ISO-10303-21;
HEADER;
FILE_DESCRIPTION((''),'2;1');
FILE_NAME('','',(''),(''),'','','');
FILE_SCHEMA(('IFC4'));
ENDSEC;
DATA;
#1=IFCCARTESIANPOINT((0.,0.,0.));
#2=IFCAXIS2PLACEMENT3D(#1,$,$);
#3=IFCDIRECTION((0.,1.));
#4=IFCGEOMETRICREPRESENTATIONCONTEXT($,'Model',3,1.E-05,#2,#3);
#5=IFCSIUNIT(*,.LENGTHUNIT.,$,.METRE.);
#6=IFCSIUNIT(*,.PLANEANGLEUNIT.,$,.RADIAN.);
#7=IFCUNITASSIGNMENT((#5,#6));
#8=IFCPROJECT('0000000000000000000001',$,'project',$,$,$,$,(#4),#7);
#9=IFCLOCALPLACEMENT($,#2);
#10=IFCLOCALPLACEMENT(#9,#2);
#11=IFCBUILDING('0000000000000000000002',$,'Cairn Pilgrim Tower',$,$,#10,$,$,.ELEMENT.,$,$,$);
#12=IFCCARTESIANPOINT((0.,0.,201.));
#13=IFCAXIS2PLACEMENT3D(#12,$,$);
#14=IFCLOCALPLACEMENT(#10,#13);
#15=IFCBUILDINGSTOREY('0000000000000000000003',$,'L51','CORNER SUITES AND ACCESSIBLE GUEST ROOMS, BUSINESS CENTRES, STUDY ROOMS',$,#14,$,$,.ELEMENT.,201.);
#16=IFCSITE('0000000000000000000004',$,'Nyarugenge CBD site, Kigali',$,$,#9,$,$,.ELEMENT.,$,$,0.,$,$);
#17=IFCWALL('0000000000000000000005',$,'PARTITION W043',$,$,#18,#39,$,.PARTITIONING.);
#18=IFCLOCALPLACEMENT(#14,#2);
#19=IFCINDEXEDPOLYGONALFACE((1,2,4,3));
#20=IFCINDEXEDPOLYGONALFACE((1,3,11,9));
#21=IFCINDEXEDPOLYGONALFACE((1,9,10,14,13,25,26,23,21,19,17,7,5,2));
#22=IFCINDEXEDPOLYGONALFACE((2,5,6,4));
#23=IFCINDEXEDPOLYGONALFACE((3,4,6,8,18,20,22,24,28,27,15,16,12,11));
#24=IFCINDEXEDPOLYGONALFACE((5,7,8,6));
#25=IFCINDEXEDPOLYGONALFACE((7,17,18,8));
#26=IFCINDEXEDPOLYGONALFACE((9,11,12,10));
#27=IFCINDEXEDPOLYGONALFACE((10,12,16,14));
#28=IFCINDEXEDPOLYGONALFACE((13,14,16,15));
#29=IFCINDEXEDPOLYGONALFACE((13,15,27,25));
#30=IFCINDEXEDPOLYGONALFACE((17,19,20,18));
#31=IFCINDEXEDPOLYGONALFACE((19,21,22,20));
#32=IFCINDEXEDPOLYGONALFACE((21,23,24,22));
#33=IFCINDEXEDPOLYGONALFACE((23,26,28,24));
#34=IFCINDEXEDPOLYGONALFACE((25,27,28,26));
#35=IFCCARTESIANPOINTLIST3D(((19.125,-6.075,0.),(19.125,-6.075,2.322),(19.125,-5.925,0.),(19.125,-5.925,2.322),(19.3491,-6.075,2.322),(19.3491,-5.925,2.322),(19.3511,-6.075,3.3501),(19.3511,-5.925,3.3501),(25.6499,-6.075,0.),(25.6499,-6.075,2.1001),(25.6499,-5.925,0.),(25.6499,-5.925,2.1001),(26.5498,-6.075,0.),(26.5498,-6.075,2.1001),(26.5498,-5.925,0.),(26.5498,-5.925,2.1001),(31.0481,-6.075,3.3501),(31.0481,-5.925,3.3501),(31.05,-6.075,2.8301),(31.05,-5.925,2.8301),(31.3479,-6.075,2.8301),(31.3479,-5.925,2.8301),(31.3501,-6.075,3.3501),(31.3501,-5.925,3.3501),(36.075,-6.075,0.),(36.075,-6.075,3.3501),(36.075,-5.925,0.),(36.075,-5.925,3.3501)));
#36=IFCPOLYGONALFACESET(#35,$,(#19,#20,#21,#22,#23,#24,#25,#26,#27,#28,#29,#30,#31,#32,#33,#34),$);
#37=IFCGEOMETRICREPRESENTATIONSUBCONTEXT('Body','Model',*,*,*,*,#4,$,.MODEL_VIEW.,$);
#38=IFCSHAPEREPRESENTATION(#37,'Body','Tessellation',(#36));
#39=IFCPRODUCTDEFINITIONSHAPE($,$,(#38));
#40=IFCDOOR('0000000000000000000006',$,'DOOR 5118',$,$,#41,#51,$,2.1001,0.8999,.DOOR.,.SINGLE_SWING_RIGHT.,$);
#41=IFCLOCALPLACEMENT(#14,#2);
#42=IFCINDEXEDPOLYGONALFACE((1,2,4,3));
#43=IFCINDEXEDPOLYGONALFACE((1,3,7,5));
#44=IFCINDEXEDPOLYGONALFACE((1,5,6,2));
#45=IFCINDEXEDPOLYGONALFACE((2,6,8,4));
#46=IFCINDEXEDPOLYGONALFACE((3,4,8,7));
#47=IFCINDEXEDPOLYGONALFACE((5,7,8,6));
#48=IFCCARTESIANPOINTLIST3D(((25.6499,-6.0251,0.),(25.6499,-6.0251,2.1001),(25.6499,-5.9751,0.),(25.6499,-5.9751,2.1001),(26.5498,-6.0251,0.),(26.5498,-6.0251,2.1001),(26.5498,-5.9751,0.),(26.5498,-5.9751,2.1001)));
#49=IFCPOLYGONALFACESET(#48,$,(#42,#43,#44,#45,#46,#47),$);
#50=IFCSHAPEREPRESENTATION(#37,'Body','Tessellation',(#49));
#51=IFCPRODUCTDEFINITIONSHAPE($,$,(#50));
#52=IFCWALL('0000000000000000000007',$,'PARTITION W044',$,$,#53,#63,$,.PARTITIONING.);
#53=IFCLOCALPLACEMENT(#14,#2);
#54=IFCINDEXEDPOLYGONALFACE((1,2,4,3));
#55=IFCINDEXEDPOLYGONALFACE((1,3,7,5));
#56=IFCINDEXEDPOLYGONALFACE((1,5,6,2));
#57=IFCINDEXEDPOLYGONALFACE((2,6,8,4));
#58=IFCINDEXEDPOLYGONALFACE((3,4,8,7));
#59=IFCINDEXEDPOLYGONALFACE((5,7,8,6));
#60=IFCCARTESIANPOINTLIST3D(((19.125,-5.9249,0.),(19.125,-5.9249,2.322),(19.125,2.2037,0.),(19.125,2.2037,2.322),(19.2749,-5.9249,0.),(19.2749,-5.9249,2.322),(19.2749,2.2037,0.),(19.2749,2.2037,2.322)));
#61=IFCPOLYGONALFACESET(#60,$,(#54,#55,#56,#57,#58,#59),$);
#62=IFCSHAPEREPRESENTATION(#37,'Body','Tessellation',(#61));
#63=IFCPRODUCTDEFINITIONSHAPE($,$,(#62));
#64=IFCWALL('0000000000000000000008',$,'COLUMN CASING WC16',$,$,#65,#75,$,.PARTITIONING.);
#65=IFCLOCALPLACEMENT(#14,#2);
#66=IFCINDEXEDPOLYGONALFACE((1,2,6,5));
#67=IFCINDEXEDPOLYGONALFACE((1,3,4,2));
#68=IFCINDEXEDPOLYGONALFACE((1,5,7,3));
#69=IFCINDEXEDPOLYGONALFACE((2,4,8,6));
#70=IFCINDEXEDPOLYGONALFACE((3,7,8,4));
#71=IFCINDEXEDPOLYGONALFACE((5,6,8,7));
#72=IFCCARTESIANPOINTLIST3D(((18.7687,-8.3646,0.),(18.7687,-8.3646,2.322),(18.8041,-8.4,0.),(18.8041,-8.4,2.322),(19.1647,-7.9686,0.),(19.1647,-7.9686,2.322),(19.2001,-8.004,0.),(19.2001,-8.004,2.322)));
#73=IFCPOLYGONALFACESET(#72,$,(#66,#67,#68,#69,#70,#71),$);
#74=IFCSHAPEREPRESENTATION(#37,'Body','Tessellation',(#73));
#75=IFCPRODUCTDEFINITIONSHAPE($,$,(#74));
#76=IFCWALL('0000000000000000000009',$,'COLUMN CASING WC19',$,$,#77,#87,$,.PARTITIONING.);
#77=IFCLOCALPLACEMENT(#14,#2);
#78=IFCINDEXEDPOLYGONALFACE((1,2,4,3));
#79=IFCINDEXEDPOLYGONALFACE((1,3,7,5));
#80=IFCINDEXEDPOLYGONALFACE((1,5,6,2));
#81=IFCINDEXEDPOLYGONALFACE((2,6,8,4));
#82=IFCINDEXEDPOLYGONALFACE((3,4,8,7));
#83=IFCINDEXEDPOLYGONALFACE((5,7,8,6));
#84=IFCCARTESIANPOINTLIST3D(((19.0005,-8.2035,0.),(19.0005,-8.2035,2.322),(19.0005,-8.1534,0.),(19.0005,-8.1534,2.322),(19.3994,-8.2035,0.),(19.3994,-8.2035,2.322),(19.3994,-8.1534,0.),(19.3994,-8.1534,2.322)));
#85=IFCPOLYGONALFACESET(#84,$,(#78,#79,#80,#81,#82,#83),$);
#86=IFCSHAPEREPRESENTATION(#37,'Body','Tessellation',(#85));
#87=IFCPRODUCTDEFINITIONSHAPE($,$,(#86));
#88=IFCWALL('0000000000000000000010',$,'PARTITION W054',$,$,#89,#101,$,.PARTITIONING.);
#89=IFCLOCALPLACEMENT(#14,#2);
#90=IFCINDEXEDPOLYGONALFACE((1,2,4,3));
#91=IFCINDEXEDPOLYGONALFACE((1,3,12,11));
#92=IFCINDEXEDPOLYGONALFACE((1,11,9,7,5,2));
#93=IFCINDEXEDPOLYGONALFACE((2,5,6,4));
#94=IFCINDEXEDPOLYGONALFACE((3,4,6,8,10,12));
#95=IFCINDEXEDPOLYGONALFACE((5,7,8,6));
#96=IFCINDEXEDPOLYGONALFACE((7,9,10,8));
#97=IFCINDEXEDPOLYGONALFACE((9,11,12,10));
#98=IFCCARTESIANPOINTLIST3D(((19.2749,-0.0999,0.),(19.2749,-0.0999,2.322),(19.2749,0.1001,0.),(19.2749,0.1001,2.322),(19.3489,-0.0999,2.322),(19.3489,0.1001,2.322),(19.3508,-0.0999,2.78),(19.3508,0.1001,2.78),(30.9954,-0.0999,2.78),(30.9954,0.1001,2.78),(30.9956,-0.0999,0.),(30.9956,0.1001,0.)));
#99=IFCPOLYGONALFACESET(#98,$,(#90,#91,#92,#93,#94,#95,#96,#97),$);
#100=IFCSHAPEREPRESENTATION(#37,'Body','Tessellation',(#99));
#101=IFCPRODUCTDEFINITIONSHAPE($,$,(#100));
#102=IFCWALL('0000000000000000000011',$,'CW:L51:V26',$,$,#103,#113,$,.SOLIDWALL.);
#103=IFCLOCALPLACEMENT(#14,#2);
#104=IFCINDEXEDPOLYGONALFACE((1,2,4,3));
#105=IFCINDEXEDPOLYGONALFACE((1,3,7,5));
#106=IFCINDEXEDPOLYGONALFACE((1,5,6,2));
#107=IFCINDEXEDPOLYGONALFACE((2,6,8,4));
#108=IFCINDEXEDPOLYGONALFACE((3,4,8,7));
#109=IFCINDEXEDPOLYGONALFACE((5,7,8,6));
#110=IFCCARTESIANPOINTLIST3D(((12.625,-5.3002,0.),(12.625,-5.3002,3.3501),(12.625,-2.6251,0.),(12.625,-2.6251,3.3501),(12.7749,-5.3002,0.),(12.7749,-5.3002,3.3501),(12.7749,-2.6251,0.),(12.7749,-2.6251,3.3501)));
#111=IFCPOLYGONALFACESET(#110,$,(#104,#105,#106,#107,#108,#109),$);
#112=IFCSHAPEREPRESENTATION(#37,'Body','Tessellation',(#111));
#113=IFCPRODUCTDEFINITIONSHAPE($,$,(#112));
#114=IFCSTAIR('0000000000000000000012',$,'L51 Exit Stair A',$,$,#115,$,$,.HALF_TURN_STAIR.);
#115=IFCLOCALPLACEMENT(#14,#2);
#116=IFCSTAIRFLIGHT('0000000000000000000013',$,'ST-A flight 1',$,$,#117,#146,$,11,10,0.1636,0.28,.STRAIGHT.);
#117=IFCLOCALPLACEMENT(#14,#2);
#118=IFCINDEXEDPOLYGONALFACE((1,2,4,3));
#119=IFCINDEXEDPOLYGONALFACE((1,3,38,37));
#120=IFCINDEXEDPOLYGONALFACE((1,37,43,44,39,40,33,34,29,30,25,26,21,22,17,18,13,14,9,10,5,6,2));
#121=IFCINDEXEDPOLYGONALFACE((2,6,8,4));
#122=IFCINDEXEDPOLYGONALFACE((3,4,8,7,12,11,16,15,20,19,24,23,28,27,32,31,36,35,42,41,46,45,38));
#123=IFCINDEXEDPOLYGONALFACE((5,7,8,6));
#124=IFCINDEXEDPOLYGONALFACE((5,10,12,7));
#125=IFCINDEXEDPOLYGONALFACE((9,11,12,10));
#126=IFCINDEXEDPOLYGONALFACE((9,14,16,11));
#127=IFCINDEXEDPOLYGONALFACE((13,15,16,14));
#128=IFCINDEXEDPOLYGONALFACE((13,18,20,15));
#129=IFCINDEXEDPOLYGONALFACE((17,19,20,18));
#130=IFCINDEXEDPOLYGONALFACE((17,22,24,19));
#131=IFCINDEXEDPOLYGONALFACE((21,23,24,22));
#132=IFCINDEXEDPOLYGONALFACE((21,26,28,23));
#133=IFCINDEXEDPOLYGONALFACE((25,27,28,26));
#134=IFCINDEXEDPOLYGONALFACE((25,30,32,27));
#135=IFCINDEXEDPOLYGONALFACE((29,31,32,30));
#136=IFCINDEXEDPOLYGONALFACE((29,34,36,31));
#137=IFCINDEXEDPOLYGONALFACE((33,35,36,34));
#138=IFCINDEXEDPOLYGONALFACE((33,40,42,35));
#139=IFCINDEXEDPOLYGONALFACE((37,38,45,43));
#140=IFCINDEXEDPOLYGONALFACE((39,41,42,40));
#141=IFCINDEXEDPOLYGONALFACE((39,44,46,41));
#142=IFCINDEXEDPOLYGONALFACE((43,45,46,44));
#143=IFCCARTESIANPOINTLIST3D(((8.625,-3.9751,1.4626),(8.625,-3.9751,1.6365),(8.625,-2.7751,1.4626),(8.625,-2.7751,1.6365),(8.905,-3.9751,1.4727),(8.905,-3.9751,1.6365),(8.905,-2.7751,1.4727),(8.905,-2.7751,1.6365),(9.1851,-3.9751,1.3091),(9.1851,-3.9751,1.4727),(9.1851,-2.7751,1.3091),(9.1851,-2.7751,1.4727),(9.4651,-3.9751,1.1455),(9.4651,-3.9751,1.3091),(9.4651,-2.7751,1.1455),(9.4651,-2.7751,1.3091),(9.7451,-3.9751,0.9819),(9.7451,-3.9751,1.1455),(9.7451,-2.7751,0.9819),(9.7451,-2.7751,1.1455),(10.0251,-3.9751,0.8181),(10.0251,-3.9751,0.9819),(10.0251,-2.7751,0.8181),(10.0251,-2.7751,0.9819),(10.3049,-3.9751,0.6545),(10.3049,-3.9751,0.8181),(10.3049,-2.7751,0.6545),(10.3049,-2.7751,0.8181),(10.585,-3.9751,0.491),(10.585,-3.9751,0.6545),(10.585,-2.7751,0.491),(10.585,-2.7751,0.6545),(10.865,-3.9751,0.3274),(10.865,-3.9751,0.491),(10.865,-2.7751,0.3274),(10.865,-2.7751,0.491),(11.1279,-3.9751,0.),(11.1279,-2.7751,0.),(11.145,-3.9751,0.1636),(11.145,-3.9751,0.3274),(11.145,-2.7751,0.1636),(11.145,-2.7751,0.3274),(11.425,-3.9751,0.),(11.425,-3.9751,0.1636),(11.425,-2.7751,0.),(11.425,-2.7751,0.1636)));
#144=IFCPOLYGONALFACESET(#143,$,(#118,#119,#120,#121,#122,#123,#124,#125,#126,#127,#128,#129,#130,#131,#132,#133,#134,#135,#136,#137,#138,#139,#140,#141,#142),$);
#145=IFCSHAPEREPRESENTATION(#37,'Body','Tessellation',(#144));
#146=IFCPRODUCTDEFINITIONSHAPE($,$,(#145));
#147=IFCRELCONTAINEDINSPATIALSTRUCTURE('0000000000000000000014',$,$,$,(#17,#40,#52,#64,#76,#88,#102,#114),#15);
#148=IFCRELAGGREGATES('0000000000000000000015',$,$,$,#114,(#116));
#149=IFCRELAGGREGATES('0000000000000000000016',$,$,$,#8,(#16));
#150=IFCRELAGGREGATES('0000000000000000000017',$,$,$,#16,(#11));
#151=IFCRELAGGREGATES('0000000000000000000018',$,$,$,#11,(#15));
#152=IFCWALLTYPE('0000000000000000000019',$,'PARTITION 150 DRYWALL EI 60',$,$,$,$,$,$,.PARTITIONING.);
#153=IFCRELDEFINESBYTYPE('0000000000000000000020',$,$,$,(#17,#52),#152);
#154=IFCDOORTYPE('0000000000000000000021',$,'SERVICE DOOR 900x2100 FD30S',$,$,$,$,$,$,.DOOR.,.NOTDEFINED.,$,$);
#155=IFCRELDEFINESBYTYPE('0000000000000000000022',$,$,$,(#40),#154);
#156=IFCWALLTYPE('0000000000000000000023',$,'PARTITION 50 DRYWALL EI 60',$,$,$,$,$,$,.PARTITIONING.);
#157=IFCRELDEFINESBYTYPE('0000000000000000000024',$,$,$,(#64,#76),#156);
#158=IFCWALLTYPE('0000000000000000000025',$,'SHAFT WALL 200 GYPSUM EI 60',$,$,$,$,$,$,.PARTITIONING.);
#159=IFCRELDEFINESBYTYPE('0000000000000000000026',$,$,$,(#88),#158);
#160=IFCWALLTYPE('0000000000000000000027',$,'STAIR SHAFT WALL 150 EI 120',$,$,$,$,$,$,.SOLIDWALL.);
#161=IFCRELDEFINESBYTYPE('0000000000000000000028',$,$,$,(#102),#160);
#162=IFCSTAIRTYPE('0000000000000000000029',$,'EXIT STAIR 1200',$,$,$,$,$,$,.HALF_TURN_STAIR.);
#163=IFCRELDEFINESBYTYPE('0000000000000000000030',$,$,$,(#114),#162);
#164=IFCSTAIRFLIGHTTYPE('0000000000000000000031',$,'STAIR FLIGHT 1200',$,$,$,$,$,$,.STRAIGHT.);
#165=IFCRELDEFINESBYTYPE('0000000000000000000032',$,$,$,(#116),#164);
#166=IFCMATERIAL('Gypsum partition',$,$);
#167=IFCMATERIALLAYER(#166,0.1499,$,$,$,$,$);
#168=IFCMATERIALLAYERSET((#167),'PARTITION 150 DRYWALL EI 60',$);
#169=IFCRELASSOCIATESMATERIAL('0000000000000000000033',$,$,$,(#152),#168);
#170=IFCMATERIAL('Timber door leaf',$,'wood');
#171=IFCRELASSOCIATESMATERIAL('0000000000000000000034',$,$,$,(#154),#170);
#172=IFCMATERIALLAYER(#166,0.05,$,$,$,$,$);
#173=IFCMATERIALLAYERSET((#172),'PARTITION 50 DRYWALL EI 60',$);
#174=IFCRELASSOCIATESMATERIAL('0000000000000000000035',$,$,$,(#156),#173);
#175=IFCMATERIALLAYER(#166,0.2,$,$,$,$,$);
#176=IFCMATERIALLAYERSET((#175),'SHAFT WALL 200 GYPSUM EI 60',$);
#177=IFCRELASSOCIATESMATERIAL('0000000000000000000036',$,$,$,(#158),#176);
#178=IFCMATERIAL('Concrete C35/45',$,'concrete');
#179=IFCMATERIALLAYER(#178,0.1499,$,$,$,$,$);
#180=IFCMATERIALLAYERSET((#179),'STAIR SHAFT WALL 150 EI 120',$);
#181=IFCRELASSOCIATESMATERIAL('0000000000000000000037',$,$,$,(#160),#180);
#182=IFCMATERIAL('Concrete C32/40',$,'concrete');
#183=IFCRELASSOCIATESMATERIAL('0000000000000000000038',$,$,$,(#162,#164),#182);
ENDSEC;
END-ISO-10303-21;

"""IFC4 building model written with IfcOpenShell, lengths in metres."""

from ifc_helpers import new_model, si_unit, direction, frame, frame_2d, origin, place, context, subcontext, project, spatial, polyline, rectangle, outline, extrude, material, layer, layer_set, type_object, element, fill, aggregate, save


model = new_model("IFC4")

# Units and contexts
model_context = context("Model", 3, precision=1e-05, world=origin(), true_north=direction((0.0, 1.0)))
body_context = subcontext(model_context, "Body", "Model", "MODEL_VIEW")
ifc_project = project(units=[si_unit("LENGTHUNIT", "METRE"), si_unit("PLANEANGLEUNIT", "RADIAN")], contexts=[model_context])

# Site, building, storey
site_placement = place(None, origin())
site = spatial("IfcSite", under=ifc_project, at=site_placement, Name="Nyarugenge CBD site, Kigali", CompositionType="ELEMENT", RefElevation=0.0)
building_placement = place(site_placement, origin())
building = spatial("IfcBuilding", under=site, at=building_placement, Name="Cairn Pilgrim Tower", CompositionType="ELEMENT")
storey_placement = place(building_placement, frame((0.0, 0.0, 201.0)))
storey = spatial("IfcBuildingStorey", under=building, at=storey_placement, Name="L51", Description="CORNER SUITES AND ACCESSIBLE GUEST ROOMS, BUSINESS CENTRES, STUDY ROOMS", CompositionType="ELEMENT", Elevation=201.0)

# Shared definitions
ifc_material_1 = material(Name="Concrete C32/40", Category="concrete")

# Shared definitions
ifc_material_2 = material(Name="Gypsum partition")
ifc_layer_1 = layer(ifc_material_2, 0.1499)
ifc_layer_set_1 = layer_set([ifc_layer_1], Name="PARTITION 150 DRYWALL EI 60")
wall_type_1 = type_object("IfcWallType", Name="PARTITION 150 DRYWALL EI 60", PredefinedType="PARTITIONING", material=ifc_layer_set_1)

# Wall, opening, door
ifc_material_3 = material(Name="Timber door leaf", Category="wood")
door_type_1 = type_object("IfcDoorType", Name="SERVICE DOOR 900x2100 FD30S", OperationType="NOTDEFINED", PredefinedType="DOOR", material=ifc_material_3)
wall_1_placement = place(storey_placement, frame((19.125, -6.0, 0.0), z_axis=(0.0, 0.0, 1.0), x_axis=(1.0, 0.0, 0.0)))
wall_1 = element("IfcWall", 1, at=wall_1_placement, inside=storey, type_object=wall_type_1, Name="PARTITION W043", PredefinedType="PARTITIONING", context=body_context, shape_type="SweptSolid", body=[
    extrude(outline(polyline([(0.0, 0.0), (16.95, 0.0), (16.95, 3.3501), (12.2251, 3.3501), (12.2229, 2.8301), (11.925, 2.8301), (11.9231, 3.3501), (0.2261, 3.3501), (0.2241, 2.322), (0.0, 2.322), (0.0, 0.0)])), frame((0.0, 0.075, 0.0), z_axis=(0.0, -1.0, 0.0), x_axis=(1.0, 0.0, 0.0)), (0.0, 0.0, 1.0), 0.1499),
])
opening_1_placement = place(wall_1_placement, frame((6.5249, 0.0, 0.0)))
opening_1 = element("IfcOpeningElement", 2, at=opening_1_placement, cuts=wall_1, PredefinedType="OPENING", context=body_context, shape_type="SweptSolid", body=[
    extrude(rectangle(XDim=0.8999, YDim=2.1001, at=frame_2d((0.45, 1.05))), frame((0.0, 0.085, 0.0), z_axis=(0.0, -1.0, 0.0), x_axis=(1.0, 0.0, 0.0)), (0.0, 0.0, 1.0), 0.1699),
])
door_1_placement = place(opening_1_placement, origin())
door_1 = element("IfcDoor", 3, at=door_1_placement, inside=storey, type_object=door_type_1, Name="DOOR 5118", OperationType="SINGLE_SWING_RIGHT", OverallHeight=2.1001, OverallWidth=0.8999, PredefinedType="DOOR", context=body_context, shape_type="SweptSolid", body=[
    extrude(rectangle(XDim=0.8999, YDim=2.1001, at=frame_2d((0.45, 1.05))), frame((0.0, 0.0249, 0.0), z_axis=(0.0, -1.0, 0.0), x_axis=(1.0, 0.0, 0.0)), (0.0, 0.0, 1.0), 0.05),
])
fill(opening_1, door_1)

# Walls
wall_2_placement = place(storey_placement, frame((19.2, -5.925, 0.0), z_axis=(0.0, 0.0, 1.0), x_axis=(0.0, 1.0, 0.0)))
element("IfcWall", 4, at=wall_2_placement, inside=storey, type_object=wall_type_1, Name="PARTITION W044", PredefinedType="PARTITIONING", context=body_context, shape_type="SweptSolid", body=[
    extrude(rectangle(XDim=8.1287, YDim=0.1499, at=frame_2d((4.0645, 0.0))), origin(), (0.0, 0.0, 1.0), 2.322),
])
ifc_layer_2 = layer(ifc_material_2, 0.05)
ifc_layer_set_2 = layer_set([ifc_layer_2], Name="PARTITION 50 DRYWALL EI 60")
wall_type_2 = type_object("IfcWallType", Name="PARTITION 50 DRYWALL EI 60", PredefinedType="PARTITIONING", material=ifc_layer_set_2)
wall_3_placement = place(storey_placement, frame((18.7864, -8.3823, 0.0), z_axis=(0.0, 0.0, 1.0), x_axis=(0.707107, 0.707107, 0.0)))
element("IfcWall", 5, at=wall_3_placement, inside=storey, type_object=wall_type_2, Name="COLUMN CASING WC16", PredefinedType="PARTITIONING", context=body_context, shape_type="SweptSolid", body=[
    extrude(rectangle(XDim=0.5601, YDim=0.05, at=frame_2d((0.28, 0.0))), origin(), (0.0, 0.0, 1.0), 2.322),
])
wall_4_placement = place(storey_placement, frame((19.0005, -8.1785, 0.0), z_axis=(0.0, 0.0, 1.0), x_axis=(1.0, 0.0, 0.0)))
element("IfcWall", 6, at=wall_4_placement, inside=storey, type_object=wall_type_2, Name="COLUMN CASING WC19", PredefinedType="PARTITIONING", context=body_context, shape_type="SweptSolid", body=[
    extrude(rectangle(XDim=0.3989, YDim=0.05, at=frame_2d((0.1995, 0.0))), origin(), (0.0, 0.0, 1.0), 2.322),
])
ifc_layer_3 = layer(ifc_material_2, 0.2)
ifc_layer_set_3 = layer_set([ifc_layer_3], Name="SHAFT WALL 200 GYPSUM EI 60")
wall_type_3 = type_object("IfcWallType", Name="SHAFT WALL 200 GYPSUM EI 60", PredefinedType="PARTITIONING", material=ifc_layer_set_3)
wall_5_placement = place(storey_placement, frame((19.2749, 0.0, 0.0), z_axis=(0.0, 0.0, 1.0), x_axis=(1.0, 0.0, 0.0)))
element("IfcWall", 7, at=wall_5_placement, inside=storey, type_object=wall_type_3, Name="PARTITION W054", PredefinedType="PARTITIONING", context=body_context, shape_type="SweptSolid", body=[
    extrude(outline(polyline([(0.0, 0.0), (11.7207, 0.0), (11.7205, 2.78), (0.0759, 2.78), (0.074, 2.322), (0.0, 2.322), (0.0, 0.0)])), frame((0.0, 0.1001, 0.0), z_axis=(0.0, -1.0, 0.0), x_axis=(1.0, 0.0, 0.0)), (0.0, 0.0, 1.0), 0.2),
])
ifc_material_4 = material(Name="Concrete C35/45", Category="concrete")
ifc_layer_4 = layer(ifc_material_4, 0.1499)
ifc_layer_set_4 = layer_set([ifc_layer_4], Name="STAIR SHAFT WALL 150 EI 120")
wall_type_4 = type_object("IfcWallType", Name="STAIR SHAFT WALL 150 EI 120", PredefinedType="SOLIDWALL", material=ifc_layer_set_4)
wall_6_placement = place(storey_placement, frame((12.7, -5.3, 0.0), z_axis=(0.0, 0.0, 1.0), x_axis=(0.0, 1.0, 0.0)))
element("IfcWall", 8, at=wall_6_placement, inside=storey, type_object=wall_type_4, Name="CW:L51:V26", PredefinedType="SOLIDWALL", context=body_context, shape_type="SweptSolid", body=[
    extrude(rectangle(XDim=2.675, YDim=0.1499, at=frame_2d((1.3374, 0.0))), origin(), (0.0, 0.0, 1.0), 3.3501),
])

# Stair, stair flight
stair_type = type_object("IfcStairType", Name="EXIT STAIR 1200", PredefinedType="HALF_TURN_STAIR", material=ifc_material_1)
stair_placement = place(storey_placement, origin())
stair = element("IfcStair", 9, at=stair_placement, inside=storey, type_object=stair_type, Name="L51 Exit Stair A", PredefinedType="HALF_TURN_STAIR")
stair_flight_type = type_object("IfcStairFlightType", Name="STAIR FLIGHT 1200", PredefinedType="STRAIGHT", material=ifc_material_1)
stair_flight_placement = place(storey_placement, frame((11.425, -3.375, 0.0), z_axis=(0.0, 0.0, 1.0), x_axis=(-1.0, 0.0, 0.0)))
stair_flight = element("IfcStairFlight", 10, at=stair_flight_placement, type_object=stair_flight_type, Name="ST-A flight 1", NumberOfRisers=11, NumberOfTreads=10, PredefinedType="STRAIGHT", RiserHeight=0.1636, TreadLength=0.28, context=body_context, shape_type="SweptSolid", body=[
    extrude(outline(polyline([(0.0, 0.0), (0.0, 0.1636), (0.28, 0.1636), (0.28, 0.3274), (0.5601, 0.3274), (0.5601, 0.491), (0.8401, 0.491), (0.8401, 0.6545), (1.1201, 0.6545), (1.1201, 0.8181), (1.3999, 0.8181), (1.3999, 0.9819), (1.6799, 0.9819), (1.6799, 1.1455), (1.96, 1.1455), (1.96, 1.3091), (2.24, 1.3091), (2.24, 1.4727), (2.52, 1.4727), (2.52, 1.6365), (2.8, 1.6365), (2.8, 1.8), (2.8, 1.4626), (0.2971, 0.0), (0.0, 0.0)])), frame((0.0, 0.6001, 0.0), z_axis=(0.0, -1.0, 0.0), x_axis=(1.0, 0.0, 0.0)), (0.0, 0.0, 1.0), 1.2),
])
aggregate(stair, [stair_flight])

save(model, "model.ifc")
